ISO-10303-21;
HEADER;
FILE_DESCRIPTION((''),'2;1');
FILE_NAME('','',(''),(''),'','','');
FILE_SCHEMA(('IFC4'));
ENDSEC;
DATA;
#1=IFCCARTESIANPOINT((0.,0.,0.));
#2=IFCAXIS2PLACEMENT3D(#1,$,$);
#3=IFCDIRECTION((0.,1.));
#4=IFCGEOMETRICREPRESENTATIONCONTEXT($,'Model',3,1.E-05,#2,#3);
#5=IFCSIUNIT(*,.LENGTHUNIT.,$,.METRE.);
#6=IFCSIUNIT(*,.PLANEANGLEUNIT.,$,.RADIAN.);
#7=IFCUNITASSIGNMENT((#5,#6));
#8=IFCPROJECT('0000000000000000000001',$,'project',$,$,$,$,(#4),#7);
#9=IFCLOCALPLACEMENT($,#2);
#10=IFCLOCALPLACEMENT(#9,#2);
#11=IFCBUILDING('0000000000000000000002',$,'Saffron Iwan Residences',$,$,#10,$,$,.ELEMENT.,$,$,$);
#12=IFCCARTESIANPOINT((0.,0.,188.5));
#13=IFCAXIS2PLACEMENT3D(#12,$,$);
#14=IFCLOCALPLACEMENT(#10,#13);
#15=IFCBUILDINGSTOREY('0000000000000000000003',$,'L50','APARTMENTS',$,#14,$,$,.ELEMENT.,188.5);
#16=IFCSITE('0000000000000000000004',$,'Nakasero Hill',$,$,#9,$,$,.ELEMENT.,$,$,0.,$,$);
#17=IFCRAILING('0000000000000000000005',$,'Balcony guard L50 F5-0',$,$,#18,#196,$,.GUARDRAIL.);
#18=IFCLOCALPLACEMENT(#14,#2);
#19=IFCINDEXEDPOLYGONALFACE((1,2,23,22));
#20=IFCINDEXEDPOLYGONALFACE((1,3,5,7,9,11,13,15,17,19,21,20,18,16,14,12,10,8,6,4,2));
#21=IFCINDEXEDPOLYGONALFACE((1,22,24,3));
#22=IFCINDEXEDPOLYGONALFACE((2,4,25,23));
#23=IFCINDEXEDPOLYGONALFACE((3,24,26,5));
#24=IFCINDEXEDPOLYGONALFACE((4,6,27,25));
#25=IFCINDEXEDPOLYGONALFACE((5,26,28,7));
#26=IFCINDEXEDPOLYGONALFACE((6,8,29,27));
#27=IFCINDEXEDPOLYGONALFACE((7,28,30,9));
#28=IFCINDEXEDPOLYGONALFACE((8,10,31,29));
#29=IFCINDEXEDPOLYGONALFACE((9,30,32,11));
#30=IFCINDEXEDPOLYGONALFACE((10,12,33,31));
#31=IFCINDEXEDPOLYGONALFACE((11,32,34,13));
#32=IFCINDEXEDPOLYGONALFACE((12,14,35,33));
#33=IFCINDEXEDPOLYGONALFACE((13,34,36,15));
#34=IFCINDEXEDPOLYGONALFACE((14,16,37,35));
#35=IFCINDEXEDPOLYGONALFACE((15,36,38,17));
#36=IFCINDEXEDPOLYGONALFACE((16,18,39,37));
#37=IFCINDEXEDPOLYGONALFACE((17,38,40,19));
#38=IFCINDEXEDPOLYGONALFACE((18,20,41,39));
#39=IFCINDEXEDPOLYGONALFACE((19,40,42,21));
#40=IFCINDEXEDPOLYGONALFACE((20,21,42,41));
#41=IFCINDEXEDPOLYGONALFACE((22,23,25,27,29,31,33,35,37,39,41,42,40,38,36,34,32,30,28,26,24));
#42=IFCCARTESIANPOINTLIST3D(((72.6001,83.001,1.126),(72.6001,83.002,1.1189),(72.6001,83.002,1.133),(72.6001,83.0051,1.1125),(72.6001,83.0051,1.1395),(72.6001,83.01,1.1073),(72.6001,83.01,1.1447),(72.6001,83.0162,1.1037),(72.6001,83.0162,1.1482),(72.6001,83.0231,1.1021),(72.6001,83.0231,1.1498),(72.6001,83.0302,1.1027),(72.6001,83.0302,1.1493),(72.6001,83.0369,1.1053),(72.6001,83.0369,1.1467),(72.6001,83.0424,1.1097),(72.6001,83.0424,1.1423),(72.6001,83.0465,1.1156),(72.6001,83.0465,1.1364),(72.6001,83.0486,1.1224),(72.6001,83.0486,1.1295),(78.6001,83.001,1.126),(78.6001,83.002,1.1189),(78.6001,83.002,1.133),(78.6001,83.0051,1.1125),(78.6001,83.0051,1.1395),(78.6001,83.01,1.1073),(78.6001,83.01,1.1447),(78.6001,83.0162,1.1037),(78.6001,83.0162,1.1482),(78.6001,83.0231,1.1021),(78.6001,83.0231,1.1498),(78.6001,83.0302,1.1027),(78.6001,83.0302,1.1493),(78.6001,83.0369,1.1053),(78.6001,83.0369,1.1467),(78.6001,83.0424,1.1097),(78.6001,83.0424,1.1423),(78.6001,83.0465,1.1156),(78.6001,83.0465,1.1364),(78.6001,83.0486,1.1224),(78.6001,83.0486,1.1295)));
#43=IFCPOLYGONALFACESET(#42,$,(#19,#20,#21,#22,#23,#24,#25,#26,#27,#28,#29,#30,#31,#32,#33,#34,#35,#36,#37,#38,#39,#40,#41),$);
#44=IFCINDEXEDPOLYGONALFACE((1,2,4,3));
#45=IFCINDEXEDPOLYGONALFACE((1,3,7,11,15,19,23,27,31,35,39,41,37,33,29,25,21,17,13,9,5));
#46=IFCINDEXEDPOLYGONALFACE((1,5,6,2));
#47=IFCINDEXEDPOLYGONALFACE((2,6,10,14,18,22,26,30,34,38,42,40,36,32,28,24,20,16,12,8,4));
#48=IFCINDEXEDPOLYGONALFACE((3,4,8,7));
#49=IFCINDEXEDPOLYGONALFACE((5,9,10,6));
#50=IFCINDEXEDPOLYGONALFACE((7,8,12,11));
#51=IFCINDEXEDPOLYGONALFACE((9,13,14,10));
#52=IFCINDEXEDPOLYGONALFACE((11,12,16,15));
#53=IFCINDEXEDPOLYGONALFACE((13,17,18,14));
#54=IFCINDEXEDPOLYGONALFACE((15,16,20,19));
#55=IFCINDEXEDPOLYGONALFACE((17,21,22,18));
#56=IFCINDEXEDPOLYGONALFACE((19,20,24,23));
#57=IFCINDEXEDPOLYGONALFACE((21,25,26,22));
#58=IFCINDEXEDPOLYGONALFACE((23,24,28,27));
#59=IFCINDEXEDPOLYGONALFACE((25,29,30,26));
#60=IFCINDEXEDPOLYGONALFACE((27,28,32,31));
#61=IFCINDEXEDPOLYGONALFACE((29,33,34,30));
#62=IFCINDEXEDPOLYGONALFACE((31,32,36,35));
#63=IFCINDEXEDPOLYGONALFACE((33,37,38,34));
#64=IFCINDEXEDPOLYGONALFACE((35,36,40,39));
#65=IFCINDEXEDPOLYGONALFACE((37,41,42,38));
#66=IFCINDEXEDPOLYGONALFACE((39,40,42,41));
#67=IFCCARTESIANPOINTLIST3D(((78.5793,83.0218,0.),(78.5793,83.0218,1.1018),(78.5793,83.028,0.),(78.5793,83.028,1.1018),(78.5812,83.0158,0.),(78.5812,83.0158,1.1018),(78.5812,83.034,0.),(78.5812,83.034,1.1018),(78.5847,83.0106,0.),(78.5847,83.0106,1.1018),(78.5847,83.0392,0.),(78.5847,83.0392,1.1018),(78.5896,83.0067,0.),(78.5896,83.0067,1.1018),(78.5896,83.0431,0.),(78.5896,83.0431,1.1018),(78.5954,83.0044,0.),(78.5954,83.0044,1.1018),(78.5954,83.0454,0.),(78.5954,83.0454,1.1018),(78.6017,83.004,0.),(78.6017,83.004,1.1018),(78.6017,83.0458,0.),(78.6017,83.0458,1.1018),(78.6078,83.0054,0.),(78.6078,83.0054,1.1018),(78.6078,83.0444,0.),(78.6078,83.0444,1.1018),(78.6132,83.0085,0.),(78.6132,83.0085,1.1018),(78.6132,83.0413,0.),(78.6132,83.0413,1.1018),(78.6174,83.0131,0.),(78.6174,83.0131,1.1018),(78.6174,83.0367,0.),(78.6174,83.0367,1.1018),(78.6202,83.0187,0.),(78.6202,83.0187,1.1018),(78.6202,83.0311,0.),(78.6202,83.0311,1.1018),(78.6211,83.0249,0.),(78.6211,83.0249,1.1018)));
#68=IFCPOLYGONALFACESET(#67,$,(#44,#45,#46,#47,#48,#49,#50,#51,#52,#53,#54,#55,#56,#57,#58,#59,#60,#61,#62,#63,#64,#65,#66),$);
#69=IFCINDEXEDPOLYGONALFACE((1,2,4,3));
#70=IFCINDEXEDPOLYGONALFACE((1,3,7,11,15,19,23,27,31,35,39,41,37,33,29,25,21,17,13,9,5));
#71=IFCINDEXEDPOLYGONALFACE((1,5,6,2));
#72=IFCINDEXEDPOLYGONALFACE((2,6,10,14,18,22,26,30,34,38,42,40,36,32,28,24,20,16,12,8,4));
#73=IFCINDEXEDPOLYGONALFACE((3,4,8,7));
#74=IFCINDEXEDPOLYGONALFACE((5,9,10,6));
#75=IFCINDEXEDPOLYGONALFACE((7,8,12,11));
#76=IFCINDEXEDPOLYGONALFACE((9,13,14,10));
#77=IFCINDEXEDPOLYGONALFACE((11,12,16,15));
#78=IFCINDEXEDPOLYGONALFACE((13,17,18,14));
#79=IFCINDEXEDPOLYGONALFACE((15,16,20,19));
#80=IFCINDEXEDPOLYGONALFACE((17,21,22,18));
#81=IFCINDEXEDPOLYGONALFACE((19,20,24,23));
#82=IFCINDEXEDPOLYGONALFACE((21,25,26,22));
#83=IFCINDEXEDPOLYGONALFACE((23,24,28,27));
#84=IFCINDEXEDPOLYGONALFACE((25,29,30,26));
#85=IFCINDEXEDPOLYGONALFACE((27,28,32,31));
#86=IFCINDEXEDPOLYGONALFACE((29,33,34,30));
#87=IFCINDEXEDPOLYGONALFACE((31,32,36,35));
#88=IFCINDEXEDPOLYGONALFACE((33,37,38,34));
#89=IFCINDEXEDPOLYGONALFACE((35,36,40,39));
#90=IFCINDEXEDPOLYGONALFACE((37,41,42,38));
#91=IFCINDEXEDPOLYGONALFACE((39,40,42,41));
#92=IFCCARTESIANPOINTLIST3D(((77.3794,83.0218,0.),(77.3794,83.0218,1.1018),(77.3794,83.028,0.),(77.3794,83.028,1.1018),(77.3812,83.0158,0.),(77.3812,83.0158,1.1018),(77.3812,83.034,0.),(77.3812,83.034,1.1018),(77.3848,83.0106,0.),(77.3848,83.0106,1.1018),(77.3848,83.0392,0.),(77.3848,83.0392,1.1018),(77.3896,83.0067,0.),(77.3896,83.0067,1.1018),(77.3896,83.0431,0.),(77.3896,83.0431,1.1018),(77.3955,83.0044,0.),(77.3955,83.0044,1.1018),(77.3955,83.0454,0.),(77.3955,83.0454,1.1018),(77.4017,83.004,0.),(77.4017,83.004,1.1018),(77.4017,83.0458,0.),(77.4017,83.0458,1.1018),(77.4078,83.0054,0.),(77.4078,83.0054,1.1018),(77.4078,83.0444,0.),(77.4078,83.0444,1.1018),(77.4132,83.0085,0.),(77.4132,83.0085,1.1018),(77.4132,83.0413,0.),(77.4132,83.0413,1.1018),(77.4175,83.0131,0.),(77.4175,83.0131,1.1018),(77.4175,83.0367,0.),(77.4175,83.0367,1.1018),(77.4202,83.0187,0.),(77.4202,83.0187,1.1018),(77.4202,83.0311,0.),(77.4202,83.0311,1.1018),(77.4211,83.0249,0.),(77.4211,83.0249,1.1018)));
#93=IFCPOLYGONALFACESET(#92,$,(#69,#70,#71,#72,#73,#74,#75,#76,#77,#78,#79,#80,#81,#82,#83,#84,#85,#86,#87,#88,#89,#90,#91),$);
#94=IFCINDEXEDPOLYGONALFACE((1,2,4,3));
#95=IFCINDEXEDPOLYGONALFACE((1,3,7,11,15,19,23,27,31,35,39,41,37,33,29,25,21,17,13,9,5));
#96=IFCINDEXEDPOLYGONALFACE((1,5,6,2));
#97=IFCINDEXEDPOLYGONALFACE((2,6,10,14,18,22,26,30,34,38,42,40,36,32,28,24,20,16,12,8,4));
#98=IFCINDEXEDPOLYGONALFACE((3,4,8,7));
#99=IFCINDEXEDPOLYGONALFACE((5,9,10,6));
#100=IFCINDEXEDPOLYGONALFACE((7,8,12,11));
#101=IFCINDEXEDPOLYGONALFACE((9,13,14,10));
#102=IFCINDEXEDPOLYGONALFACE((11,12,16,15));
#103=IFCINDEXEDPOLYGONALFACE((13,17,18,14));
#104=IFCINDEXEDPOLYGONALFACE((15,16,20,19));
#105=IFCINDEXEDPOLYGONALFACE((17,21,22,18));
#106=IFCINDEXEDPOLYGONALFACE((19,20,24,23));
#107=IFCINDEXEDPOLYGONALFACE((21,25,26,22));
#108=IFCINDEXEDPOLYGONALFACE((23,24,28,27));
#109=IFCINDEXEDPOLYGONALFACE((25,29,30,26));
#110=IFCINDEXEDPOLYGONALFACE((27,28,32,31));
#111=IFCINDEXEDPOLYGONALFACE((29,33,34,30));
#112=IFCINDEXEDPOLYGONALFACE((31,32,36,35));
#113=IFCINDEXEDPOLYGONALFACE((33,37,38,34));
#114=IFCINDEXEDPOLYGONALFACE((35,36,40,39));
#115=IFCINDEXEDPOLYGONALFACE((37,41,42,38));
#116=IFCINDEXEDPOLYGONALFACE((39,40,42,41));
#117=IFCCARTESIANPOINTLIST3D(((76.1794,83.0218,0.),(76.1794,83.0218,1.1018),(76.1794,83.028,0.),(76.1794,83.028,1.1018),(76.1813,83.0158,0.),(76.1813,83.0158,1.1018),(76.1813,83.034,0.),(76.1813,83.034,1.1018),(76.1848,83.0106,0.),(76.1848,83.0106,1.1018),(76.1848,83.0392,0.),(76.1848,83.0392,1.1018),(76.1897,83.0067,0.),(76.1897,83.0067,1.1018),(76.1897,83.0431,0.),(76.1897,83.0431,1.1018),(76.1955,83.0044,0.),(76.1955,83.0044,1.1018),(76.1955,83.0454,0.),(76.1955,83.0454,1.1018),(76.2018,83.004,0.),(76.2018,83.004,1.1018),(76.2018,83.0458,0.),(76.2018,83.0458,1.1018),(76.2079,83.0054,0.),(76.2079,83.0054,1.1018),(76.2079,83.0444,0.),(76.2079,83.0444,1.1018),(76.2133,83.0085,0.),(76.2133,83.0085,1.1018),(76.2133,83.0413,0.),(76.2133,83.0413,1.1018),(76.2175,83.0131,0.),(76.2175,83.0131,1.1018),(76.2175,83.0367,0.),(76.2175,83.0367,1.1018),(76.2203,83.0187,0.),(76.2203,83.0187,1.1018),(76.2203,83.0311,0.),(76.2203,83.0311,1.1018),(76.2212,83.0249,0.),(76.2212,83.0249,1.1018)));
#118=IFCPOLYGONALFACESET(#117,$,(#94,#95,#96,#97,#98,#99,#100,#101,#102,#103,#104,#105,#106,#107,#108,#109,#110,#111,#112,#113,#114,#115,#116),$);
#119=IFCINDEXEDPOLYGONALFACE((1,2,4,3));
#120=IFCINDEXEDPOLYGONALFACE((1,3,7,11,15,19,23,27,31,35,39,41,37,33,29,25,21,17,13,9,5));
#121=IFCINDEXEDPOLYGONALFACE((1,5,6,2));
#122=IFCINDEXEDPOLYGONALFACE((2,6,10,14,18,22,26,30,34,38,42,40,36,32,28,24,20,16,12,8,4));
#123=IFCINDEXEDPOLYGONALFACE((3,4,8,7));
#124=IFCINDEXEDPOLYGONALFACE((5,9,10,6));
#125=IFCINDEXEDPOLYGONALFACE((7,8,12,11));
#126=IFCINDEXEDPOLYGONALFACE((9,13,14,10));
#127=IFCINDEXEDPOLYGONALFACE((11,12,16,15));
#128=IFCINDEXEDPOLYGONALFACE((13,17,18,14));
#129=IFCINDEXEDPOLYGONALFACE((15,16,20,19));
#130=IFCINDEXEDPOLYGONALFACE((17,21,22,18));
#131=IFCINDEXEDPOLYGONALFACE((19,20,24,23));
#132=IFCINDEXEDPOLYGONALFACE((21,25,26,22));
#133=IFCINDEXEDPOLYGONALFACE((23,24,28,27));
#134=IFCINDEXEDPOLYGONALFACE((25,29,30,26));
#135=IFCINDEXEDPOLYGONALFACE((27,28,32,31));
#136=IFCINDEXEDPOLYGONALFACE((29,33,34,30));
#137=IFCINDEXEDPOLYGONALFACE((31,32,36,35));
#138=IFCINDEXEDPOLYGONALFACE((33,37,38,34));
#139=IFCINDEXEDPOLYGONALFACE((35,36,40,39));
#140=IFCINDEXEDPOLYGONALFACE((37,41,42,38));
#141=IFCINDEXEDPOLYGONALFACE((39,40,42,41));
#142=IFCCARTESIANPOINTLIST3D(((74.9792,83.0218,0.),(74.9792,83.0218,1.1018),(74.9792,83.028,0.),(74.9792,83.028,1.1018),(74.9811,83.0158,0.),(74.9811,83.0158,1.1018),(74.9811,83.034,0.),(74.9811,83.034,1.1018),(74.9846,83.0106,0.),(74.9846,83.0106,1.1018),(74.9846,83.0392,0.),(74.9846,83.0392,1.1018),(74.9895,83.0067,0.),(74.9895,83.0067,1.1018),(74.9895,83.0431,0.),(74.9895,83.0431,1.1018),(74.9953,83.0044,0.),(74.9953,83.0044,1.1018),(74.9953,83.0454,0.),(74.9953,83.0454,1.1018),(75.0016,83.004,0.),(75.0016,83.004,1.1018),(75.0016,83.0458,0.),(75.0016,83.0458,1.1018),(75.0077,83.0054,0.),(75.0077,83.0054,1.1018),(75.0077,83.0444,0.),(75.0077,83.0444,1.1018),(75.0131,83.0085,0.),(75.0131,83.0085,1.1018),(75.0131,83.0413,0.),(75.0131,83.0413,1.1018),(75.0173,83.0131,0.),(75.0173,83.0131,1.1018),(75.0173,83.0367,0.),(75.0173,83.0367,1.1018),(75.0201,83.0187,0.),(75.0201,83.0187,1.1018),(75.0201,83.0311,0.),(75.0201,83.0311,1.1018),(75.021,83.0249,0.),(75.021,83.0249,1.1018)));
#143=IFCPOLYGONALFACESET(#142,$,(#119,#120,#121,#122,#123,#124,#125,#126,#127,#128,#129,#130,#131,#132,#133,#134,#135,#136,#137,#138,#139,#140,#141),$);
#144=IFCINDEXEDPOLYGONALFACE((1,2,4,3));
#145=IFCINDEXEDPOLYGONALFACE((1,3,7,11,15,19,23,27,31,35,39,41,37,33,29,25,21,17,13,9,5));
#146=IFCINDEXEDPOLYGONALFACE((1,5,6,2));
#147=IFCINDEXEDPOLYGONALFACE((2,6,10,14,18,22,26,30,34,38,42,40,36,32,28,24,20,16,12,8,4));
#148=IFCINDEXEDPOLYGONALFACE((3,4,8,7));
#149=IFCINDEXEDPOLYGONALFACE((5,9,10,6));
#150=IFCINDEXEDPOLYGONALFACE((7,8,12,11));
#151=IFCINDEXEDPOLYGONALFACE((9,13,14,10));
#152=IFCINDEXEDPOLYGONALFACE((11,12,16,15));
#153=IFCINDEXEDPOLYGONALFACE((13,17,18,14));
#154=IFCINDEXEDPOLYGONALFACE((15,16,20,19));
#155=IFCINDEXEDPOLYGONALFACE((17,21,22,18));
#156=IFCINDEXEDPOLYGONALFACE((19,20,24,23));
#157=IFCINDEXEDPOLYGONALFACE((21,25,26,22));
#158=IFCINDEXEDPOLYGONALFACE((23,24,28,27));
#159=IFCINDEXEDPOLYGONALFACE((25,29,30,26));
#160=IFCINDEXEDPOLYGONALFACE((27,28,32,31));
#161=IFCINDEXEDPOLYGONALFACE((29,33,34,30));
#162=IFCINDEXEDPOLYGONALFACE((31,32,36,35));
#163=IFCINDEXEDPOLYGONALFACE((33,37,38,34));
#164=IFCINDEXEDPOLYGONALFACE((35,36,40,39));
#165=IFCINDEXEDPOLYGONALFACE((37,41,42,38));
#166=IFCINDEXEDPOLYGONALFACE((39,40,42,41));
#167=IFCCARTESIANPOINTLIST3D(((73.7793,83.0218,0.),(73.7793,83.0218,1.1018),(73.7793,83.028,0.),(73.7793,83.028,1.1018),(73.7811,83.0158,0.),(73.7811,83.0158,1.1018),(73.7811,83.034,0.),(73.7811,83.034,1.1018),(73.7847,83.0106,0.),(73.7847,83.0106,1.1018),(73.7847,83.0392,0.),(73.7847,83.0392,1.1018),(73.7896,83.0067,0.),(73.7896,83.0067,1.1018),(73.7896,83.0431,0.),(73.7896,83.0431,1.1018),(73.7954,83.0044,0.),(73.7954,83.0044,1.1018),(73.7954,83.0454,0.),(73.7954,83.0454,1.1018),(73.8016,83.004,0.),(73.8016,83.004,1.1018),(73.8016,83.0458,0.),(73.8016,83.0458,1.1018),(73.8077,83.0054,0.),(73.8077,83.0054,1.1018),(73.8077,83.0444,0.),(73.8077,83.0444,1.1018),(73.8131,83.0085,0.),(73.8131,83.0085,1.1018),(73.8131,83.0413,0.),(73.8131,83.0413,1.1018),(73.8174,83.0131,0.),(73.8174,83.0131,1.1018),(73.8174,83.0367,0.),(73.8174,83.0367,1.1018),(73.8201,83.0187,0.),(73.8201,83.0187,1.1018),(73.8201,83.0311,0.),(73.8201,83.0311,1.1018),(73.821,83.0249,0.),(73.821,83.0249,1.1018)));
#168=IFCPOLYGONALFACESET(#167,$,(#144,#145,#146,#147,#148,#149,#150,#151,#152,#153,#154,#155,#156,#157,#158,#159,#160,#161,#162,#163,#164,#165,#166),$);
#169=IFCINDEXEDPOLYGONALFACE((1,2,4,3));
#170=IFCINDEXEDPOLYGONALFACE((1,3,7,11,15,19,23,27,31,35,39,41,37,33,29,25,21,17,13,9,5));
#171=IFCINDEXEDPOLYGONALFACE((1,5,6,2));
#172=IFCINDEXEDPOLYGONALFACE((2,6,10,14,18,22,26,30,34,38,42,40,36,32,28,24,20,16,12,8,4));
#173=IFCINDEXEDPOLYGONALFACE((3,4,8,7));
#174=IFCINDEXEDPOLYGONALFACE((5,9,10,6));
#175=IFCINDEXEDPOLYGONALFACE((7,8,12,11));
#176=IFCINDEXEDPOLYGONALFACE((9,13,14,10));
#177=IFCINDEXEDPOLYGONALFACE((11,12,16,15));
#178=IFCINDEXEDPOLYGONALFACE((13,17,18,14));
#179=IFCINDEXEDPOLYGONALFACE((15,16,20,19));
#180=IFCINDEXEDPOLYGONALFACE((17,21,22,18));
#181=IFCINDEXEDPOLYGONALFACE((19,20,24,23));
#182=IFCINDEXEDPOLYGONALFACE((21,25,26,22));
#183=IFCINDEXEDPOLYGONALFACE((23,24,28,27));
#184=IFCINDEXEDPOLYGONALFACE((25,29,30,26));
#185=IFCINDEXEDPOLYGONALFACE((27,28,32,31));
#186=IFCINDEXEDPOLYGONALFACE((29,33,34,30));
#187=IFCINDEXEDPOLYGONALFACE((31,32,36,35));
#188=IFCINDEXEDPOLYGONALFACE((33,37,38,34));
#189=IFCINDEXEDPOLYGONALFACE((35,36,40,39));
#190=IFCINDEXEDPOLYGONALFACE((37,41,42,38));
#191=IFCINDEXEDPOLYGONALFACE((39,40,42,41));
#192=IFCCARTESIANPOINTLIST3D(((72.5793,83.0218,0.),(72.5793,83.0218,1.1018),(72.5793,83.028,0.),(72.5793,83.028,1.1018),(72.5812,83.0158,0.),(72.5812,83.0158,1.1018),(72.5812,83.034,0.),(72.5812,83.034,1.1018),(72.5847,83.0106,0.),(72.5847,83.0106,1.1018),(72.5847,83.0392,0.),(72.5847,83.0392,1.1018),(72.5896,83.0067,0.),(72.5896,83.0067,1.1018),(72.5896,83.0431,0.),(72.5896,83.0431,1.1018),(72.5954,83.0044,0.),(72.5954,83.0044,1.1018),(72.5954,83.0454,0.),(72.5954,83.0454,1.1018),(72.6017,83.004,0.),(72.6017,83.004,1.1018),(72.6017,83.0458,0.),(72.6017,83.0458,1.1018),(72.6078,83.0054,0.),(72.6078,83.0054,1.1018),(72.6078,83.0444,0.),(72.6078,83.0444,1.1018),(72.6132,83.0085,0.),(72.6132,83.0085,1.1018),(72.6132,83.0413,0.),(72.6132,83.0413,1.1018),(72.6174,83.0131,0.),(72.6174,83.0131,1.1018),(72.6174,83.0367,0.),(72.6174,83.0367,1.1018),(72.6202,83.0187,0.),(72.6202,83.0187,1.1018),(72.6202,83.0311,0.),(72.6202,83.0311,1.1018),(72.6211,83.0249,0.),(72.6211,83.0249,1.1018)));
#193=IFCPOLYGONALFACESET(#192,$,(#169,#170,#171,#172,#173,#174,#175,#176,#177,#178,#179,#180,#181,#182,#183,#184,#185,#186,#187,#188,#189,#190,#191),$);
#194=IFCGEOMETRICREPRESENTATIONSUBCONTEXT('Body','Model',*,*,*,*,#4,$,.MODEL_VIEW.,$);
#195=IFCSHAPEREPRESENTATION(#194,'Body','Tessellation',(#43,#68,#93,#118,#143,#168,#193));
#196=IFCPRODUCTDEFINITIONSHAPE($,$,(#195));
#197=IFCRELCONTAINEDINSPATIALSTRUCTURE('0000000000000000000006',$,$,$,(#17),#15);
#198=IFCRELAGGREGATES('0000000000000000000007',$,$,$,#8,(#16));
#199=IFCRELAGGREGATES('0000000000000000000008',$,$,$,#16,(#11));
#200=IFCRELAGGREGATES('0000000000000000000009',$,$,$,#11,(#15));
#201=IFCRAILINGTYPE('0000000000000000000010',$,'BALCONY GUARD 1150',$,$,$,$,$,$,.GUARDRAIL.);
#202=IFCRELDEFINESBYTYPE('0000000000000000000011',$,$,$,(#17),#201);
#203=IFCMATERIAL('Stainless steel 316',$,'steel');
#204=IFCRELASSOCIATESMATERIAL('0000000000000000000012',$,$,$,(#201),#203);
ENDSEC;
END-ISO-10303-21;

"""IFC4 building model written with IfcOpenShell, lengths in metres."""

from ifc_helpers import new_model, si_unit, direction, frame, origin, origin_2d, place, context, subcontext, project, spatial, circle, extrude, material, type_object, element, save


model = new_model("IFC4")

# Units and contexts
model_context = context("Model", 3, precision=1e-05, world=origin(), true_north=direction((0.0, 1.0)))
body_context = subcontext(model_context, "Body", "Model", "MODEL_VIEW")
ifc_project = project(units=[si_unit("LENGTHUNIT", "METRE"), si_unit("PLANEANGLEUNIT", "RADIAN")], contexts=[model_context])

# Site, building, storey
site_placement = place(None, origin())
site = spatial("IfcSite", under=ifc_project, at=site_placement, Name="Nakasero Hill", CompositionType="ELEMENT", RefElevation=0.0)
building_placement = place(site_placement, origin())
building = spatial("IfcBuilding", under=site, at=building_placement, Name="Saffron Iwan Residences", CompositionType="ELEMENT")
storey_placement = place(building_placement, frame((0.0, 0.0, 188.5)))
storey = spatial("IfcBuildingStorey", under=building, at=storey_placement, Name="L50", Description="APARTMENTS", CompositionType="ELEMENT", Elevation=188.5)

# Railing
ifc_material_1 = material(Name="Stainless steel 316", Category="steel")
railing_type = type_object("IfcRailingType", Name="BALCONY GUARD 1150", PredefinedType="GUARDRAIL", material=ifc_material_1)
railing_placement = place(storey_placement, frame((78.6001, 83.0249, 0.0)))
element("IfcRailing", 1, at=railing_placement, inside=storey, type_object=railing_type, Name="Balcony guard L50 F5-0", PredefinedType="GUARDRAIL", context=body_context, shape_type="SweptSolid", body=[
    extrude(circle(Radius=0.0239, at=origin_2d()), frame((0.0, 0.0, 1.126), z_axis=(-1.0, 0.0, 0.0), x_axis=(0.0, -1.0, 0.0)), (0.0, 0.0, 1.0), 6.0),
    extrude(circle(Radius=0.021, at=origin_2d()), origin(), (0.0, 0.0, 1.0), 1.1018),
    extrude(circle(Radius=0.021, at=origin_2d()), frame((-1.2, 0.0, 0.0)), (0.0, 0.0, 1.0), 1.1018),
    extrude(circle(Radius=0.021, at=origin_2d()), frame((-2.3999, 0.0, 0.0)), (0.0, 0.0, 1.0), 1.1018),
    extrude(circle(Radius=0.021, at=origin_2d()), frame((-3.6001, 0.0, 0.0)), (0.0, 0.0, 1.0), 1.1018),
    extrude(circle(Radius=0.021, at=origin_2d()), frame((-4.8, 0.0, 0.0)), (0.0, 0.0, 1.0), 1.1018),
    extrude(circle(Radius=0.021, at=origin_2d()), frame((-6.0, 0.0, 0.0)), (0.0, 0.0, 1.0), 1.1018),
])

save(model, "model.ifc")
